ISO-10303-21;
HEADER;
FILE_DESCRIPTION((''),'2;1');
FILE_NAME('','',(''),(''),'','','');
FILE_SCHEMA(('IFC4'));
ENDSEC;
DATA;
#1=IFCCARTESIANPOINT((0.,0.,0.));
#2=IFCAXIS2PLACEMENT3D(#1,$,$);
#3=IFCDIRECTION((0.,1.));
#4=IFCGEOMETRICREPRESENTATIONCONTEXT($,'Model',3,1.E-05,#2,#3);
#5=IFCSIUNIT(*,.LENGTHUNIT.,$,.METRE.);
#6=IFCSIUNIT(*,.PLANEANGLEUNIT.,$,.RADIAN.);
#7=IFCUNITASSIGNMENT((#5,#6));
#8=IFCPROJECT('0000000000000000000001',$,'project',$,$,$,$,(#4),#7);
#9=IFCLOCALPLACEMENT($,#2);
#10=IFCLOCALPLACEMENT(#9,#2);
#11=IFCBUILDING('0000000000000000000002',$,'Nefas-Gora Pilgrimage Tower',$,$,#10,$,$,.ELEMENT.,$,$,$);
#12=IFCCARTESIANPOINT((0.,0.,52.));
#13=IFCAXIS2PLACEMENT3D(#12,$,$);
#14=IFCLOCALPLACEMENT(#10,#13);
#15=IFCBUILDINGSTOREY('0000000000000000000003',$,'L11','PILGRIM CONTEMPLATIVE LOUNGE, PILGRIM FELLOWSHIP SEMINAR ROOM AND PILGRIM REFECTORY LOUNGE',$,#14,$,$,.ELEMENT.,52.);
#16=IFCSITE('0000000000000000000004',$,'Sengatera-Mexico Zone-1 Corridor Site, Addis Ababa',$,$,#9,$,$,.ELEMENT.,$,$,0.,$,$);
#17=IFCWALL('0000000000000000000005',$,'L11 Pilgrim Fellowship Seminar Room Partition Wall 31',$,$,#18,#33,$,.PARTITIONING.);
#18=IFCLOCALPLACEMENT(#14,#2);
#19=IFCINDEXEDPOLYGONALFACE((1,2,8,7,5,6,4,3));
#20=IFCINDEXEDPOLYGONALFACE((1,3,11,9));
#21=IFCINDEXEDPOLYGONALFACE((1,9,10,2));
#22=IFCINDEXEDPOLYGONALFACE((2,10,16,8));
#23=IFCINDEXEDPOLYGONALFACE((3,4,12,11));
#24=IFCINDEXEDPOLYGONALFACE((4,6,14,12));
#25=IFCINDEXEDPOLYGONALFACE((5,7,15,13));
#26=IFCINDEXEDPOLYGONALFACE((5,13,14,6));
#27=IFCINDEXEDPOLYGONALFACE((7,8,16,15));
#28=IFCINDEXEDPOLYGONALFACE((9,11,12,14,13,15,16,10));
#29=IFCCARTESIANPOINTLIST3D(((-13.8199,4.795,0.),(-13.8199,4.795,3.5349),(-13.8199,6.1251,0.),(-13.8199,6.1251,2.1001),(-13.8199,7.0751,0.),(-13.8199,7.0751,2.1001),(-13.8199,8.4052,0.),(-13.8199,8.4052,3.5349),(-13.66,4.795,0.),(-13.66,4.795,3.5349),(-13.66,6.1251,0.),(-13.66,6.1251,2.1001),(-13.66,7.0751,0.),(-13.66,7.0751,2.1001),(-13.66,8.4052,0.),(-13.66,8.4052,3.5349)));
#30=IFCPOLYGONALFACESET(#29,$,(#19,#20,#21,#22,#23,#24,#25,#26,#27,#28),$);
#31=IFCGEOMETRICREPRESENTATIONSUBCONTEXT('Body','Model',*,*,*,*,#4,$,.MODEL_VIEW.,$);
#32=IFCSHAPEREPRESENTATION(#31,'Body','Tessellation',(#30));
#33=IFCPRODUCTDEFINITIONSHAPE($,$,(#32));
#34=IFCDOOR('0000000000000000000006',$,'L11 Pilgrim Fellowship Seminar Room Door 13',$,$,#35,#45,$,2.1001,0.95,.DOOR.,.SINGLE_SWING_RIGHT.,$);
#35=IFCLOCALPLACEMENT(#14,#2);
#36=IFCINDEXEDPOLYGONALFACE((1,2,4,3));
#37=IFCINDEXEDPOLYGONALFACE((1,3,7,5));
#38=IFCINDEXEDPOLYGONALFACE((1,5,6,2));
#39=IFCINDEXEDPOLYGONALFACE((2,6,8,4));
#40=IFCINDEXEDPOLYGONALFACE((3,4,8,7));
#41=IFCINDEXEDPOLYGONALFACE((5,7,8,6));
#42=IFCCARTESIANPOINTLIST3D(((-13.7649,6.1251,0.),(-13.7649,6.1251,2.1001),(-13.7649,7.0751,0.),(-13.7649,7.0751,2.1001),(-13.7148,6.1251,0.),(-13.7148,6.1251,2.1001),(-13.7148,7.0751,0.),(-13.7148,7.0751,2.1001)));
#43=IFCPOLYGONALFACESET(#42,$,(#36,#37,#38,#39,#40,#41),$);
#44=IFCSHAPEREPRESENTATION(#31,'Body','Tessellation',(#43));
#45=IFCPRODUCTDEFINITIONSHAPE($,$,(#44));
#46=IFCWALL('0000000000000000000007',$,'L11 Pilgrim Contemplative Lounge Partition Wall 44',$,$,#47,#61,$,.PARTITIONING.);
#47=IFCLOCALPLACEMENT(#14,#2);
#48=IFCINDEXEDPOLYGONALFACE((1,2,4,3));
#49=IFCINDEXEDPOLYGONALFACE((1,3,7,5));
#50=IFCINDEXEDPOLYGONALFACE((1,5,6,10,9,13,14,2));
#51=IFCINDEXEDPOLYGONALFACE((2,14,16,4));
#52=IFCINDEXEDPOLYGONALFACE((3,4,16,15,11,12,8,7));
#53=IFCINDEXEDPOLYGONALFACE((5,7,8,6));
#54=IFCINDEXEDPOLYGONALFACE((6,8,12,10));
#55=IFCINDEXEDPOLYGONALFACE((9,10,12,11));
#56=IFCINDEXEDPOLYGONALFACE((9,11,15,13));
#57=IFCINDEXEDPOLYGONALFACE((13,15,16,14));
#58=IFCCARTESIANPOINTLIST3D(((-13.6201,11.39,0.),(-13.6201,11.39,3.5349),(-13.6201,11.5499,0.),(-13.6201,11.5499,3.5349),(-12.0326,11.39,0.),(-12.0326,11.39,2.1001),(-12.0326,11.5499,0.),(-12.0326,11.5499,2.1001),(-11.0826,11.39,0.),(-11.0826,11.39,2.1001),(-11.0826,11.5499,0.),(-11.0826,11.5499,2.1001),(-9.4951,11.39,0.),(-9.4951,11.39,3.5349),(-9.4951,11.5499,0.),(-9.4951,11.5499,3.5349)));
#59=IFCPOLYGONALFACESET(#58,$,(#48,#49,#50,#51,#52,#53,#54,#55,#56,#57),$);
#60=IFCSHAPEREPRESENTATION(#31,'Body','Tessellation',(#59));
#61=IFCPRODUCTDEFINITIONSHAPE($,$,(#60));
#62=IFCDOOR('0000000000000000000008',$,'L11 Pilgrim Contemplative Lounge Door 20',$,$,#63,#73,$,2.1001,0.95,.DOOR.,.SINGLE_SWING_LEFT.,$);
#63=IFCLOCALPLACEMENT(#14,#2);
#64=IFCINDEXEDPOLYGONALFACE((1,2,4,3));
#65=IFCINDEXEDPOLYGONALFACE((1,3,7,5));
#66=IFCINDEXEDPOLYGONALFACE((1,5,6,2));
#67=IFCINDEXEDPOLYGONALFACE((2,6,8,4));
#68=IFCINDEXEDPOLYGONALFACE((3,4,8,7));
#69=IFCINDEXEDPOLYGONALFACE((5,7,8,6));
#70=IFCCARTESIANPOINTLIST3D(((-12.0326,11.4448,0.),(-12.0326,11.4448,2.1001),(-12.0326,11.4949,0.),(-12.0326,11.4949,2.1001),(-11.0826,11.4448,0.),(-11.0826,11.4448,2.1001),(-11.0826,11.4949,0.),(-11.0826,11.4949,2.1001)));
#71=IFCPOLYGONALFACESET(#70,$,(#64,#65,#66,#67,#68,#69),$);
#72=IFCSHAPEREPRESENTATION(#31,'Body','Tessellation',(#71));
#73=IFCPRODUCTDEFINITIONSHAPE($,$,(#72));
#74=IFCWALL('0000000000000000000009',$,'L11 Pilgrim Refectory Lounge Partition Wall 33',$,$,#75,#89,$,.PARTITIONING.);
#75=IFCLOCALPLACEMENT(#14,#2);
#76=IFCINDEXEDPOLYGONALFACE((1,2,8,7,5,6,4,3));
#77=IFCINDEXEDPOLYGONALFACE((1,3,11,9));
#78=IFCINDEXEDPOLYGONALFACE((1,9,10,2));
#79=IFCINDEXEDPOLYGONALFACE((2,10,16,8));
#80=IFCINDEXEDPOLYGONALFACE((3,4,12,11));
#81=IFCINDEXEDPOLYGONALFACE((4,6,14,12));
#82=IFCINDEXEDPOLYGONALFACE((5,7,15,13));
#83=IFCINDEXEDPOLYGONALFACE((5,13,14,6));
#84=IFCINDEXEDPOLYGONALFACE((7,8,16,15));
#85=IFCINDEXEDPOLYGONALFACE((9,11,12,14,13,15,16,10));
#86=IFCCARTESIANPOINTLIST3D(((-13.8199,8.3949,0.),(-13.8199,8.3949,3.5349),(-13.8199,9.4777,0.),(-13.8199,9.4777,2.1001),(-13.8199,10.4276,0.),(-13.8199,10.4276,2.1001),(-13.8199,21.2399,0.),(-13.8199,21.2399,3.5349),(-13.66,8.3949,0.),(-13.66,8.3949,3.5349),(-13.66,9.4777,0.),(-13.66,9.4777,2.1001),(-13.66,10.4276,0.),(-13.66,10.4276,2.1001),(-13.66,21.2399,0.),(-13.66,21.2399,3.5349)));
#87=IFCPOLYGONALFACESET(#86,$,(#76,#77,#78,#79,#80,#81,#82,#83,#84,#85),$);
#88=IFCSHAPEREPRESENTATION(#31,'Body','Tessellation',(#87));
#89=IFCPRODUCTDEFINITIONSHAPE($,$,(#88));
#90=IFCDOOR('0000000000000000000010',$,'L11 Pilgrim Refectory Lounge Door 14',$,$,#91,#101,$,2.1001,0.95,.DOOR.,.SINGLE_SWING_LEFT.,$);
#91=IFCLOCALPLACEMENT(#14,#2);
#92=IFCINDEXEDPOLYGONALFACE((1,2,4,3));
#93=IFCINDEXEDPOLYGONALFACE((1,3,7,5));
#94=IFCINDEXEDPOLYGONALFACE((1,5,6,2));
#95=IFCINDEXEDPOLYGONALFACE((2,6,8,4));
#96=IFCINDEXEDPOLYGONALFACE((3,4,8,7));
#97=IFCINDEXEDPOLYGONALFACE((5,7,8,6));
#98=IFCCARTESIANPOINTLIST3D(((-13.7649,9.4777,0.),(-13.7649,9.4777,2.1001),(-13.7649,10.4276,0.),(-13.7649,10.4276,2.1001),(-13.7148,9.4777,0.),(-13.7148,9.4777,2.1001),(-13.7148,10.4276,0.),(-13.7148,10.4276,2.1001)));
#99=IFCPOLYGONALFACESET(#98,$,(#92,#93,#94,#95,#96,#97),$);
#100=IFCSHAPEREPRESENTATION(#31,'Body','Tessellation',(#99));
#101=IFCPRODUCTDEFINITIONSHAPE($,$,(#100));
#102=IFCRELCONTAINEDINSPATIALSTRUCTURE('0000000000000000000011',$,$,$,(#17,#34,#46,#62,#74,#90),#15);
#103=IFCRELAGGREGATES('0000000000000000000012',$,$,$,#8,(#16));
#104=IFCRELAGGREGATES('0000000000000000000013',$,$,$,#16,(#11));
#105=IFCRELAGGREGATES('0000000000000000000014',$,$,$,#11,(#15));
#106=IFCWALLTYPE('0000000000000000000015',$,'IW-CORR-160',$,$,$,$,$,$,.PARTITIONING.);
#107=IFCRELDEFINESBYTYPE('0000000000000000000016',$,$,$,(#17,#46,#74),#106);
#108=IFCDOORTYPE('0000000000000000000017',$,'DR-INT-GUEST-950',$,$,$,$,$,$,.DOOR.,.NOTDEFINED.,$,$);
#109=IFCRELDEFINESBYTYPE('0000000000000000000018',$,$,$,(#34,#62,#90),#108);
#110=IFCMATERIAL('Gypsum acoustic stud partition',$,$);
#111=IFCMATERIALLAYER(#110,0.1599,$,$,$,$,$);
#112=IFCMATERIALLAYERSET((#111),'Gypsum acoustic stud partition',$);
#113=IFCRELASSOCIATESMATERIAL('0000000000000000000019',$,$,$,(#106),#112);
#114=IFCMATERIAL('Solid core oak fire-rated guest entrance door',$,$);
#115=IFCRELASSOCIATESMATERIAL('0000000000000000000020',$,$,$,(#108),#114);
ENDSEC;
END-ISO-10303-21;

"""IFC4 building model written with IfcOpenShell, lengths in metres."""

from ifc_helpers import new_model, si_unit, direction, frame, frame_2d, origin, place, context, subcontext, project, spatial, rectangle, extrude, source, transform, mapped, material, layer, layer_set, type_object, element, fill, save


model = new_model("IFC4")

# Units and contexts
model_context = context("Model", 3, precision=1e-05, world=origin(), true_north=direction((0.0, 1.0)))
body_context = subcontext(model_context, "Body", "Model", "MODEL_VIEW")
ifc_project = project(units=[si_unit("LENGTHUNIT", "METRE"), si_unit("PLANEANGLEUNIT", "RADIAN")], contexts=[model_context])

# Site, building, storey
site_placement = place(None, origin())
site = spatial("IfcSite", under=ifc_project, at=site_placement, Name="Sengatera-Mexico Zone-1 Corridor Site, Addis Ababa", CompositionType="ELEMENT", RefElevation=0.0)
building_placement = place(site_placement, origin())
building = spatial("IfcBuilding", under=site, at=building_placement, Name="Nefas-Gora Pilgrimage Tower", CompositionType="ELEMENT")
storey_placement = place(building_placement, frame((0.0, 0.0, 52.0)))
storey = spatial("IfcBuildingStorey", under=building, at=storey_placement, Name="L11", Description="PILGRIM CONTEMPLATIVE LOUNGE, PILGRIM FELLOWSHIP SEMINAR ROOM AND PILGRIM REFECTORY LOUNGE", CompositionType="ELEMENT", Elevation=52.0)

# Walls, openings, doors
ifc_material_1 = material(Name="Gypsum acoustic stud partition")
ifc_layer_1 = layer(ifc_material_1, 0.1599)
ifc_layer_set_1 = layer_set([ifc_layer_1], Name="Gypsum acoustic stud partition")
wall_type_1 = type_object("IfcWallType", Name="IW-CORR-160", PredefinedType="PARTITIONING", material=ifc_layer_set_1)
shared_shape_1 = source(origin(), body_context, "Body", "SweptSolid", [
    extrude(rectangle(XDim=3.6101, YDim=0.1599, at=frame_2d((1.8052, 0.0))), origin(), (0.0, 0.0, 1.0), 3.5349),
])
wall_1_placement = place(storey_placement, frame((-13.74, 4.7949, 0.0), z_axis=(0.0, 0.0, 1.0), x_axis=(0.0, 1.0, 0.0)))
wall_1 = element("IfcWall", 1, at=wall_1_placement, inside=storey, type_object=wall_type_1, Name="L11 Pilgrim Fellowship Seminar Room Partition Wall 31", PredefinedType="PARTITIONING", context=body_context, shape_type="MappedRepresentation", body=[
    mapped(shared_shape_1, transform((0.0, 0.0, 0.0), x_axis=(1.0, 0.0, 0.0), y_axis=(0.0, 1.0, 0.0), z_axis=(0.0, 0.0, 1.0), scale=1.0)),
])
opening_1_placement = place(wall_1_placement, frame((1.3301, 0.0, 0.0)))
opening_1 = element("IfcOpeningElement", 2, at=opening_1_placement, cuts=wall_1, PredefinedType="OPENING", context=body_context, shape_type="SweptSolid", body=[
    extrude(rectangle(XDim=0.95, YDim=2.1001, at=frame_2d((0.4751, 1.05))), frame((0.0, 0.0898, 0.0), z_axis=(0.0, -1.0, 0.0), x_axis=(1.0, 0.0, 0.0)), (0.0, 0.0, 1.0), 0.1799),
])
ifc_material_2 = material(Name="Solid core oak fire-rated guest entrance door")
door_type = type_object("IfcDoorType", Name="DR-INT-GUEST-950", OperationType="NOTDEFINED", PredefinedType="DOOR", material=ifc_material_2)
shared_shape_2 = source(origin(), body_context, "Body", "SweptSolid", [
    extrude(rectangle(XDim=0.95, YDim=2.1001, at=frame_2d((0.4751, 1.05))), frame((0.0, 0.0249, 0.0), z_axis=(0.0, -1.0, 0.0), x_axis=(1.0, 0.0, 0.0)), (0.0, 0.0, 1.0), 0.05),
])
door_1_placement = place(opening_1_placement, origin())
door_1 = element("IfcDoor", 3, at=door_1_placement, inside=storey, type_object=door_type, Name="L11 Pilgrim Fellowship Seminar Room Door 13", OperationType="SINGLE_SWING_RIGHT", OverallHeight=2.1001, OverallWidth=0.95, PredefinedType="DOOR", context=body_context, shape_type="MappedRepresentation", body=[
    mapped(shared_shape_2, transform((0.0, 0.0, 0.0), x_axis=(1.0, 0.0, 0.0), y_axis=(0.0, 1.0, 0.0), z_axis=(0.0, 0.0, 1.0), scale=1.0)),
])
fill(opening_1, door_1)
shared_shape_3 = source(origin(), body_context, "Body", "SweptSolid", [
    extrude(rectangle(XDim=4.125, YDim=0.1599, at=frame_2d((2.0625, 0.0))), origin(), (0.0, 0.0, 1.0), 3.5349),
])
wall_2_placement = place(storey_placement, frame((-13.6201, 11.47, 0.0), z_axis=(0.0, 0.0, 1.0), x_axis=(1.0, 0.0, 0.0)))
wall_2 = element("IfcWall", 4, at=wall_2_placement, inside=storey, type_object=wall_type_1, Name="L11 Pilgrim Contemplative Lounge Partition Wall 44", PredefinedType="PARTITIONING", context=body_context, shape_type="MappedRepresentation", body=[
    mapped(shared_shape_3, transform((0.0, 0.0, 0.0), x_axis=(1.0, 0.0, 0.0), y_axis=(0.0, 1.0, 0.0), z_axis=(0.0, 0.0, 1.0), scale=1.0)),
])
opening_2_placement = place(wall_2_placement, frame((1.5874, 0.0, 0.0)))
opening_2 = element("IfcOpeningElement", 5, at=opening_2_placement, cuts=wall_2, PredefinedType="OPENING", context=body_context, shape_type="SweptSolid", body=[
    extrude(rectangle(XDim=0.95, YDim=2.1001, at=frame_2d((0.4751, 1.05))), frame((0.0, 0.0898, 0.0), z_axis=(0.0, -1.0, 0.0), x_axis=(1.0, 0.0, 0.0)), (0.0, 0.0, 1.0), 0.1799),
])
door_2_placement = place(opening_2_placement, origin())
door_2 = element("IfcDoor", 6, at=door_2_placement, inside=storey, type_object=door_type, Name="L11 Pilgrim Contemplative Lounge Door 20", OperationType="SINGLE_SWING_LEFT", OverallHeight=2.1001, OverallWidth=0.95, PredefinedType="DOOR", context=body_context, shape_type="MappedRepresentation", body=[
    mapped(shared_shape_2, transform((0.0, 0.0, 0.0), x_axis=(1.0, 0.0, 0.0), y_axis=(0.0, 1.0, 0.0), z_axis=(0.0, 0.0, 1.0), scale=1.0)),
])
fill(opening_2, door_2)
shared_shape_4 = source(origin(), body_context, "Body", "SweptSolid", [
    extrude(rectangle(XDim=12.845, YDim=0.1599, at=frame_2d((6.4224, 0.0))), origin(), (0.0, 0.0, 1.0), 3.5349),
])
wall_3_placement = place(storey_placement, frame((-13.74, 8.395, 0.0), z_axis=(0.0, 0.0, 1.0), x_axis=(0.0, 1.0, 0.0)))
wall_3 = element("IfcWall", 7, at=wall_3_placement, inside=storey, type_object=wall_type_1, Name="L11 Pilgrim Refectory Lounge Partition Wall 33", PredefinedType="PARTITIONING", context=body_context, shape_type="MappedRepresentation", body=[
    mapped(shared_shape_4, transform((0.0, 0.0, 0.0), x_axis=(1.0, 0.0, 0.0), y_axis=(0.0, 1.0, 0.0), z_axis=(0.0, 0.0, 1.0), scale=1.0)),
])
opening_3_placement = place(wall_3_placement, frame((1.0825, 0.0, 0.0)))
opening_3 = element("IfcOpeningElement", 8, at=opening_3_placement, cuts=wall_3, PredefinedType="OPENING", context=body_context, shape_type="SweptSolid", body=[
    extrude(rectangle(XDim=0.95, YDim=2.1001, at=frame_2d((0.4751, 1.05))), frame((0.0, 0.0898, 0.0), z_axis=(0.0, -1.0, 0.0), x_axis=(1.0, 0.0, 0.0)), (0.0, 0.0, 1.0), 0.1799),
])
door_3_placement = place(opening_3_placement, origin())
door_3 = element("IfcDoor", 9, at=door_3_placement, inside=storey, type_object=door_type, Name="L11 Pilgrim Refectory Lounge Door 14", OperationType="SINGLE_SWING_LEFT", OverallHeight=2.1001, OverallWidth=0.95, PredefinedType="DOOR", context=body_context, shape_type="MappedRepresentation", body=[
    mapped(shared_shape_2, transform((0.0, 0.0, 0.0), x_axis=(1.0, 0.0, 0.0), y_axis=(0.0, 1.0, 0.0), z_axis=(0.0, 0.0, 1.0), scale=1.0)),
])
fill(opening_3, door_3)

save(model, "model.ifc")
